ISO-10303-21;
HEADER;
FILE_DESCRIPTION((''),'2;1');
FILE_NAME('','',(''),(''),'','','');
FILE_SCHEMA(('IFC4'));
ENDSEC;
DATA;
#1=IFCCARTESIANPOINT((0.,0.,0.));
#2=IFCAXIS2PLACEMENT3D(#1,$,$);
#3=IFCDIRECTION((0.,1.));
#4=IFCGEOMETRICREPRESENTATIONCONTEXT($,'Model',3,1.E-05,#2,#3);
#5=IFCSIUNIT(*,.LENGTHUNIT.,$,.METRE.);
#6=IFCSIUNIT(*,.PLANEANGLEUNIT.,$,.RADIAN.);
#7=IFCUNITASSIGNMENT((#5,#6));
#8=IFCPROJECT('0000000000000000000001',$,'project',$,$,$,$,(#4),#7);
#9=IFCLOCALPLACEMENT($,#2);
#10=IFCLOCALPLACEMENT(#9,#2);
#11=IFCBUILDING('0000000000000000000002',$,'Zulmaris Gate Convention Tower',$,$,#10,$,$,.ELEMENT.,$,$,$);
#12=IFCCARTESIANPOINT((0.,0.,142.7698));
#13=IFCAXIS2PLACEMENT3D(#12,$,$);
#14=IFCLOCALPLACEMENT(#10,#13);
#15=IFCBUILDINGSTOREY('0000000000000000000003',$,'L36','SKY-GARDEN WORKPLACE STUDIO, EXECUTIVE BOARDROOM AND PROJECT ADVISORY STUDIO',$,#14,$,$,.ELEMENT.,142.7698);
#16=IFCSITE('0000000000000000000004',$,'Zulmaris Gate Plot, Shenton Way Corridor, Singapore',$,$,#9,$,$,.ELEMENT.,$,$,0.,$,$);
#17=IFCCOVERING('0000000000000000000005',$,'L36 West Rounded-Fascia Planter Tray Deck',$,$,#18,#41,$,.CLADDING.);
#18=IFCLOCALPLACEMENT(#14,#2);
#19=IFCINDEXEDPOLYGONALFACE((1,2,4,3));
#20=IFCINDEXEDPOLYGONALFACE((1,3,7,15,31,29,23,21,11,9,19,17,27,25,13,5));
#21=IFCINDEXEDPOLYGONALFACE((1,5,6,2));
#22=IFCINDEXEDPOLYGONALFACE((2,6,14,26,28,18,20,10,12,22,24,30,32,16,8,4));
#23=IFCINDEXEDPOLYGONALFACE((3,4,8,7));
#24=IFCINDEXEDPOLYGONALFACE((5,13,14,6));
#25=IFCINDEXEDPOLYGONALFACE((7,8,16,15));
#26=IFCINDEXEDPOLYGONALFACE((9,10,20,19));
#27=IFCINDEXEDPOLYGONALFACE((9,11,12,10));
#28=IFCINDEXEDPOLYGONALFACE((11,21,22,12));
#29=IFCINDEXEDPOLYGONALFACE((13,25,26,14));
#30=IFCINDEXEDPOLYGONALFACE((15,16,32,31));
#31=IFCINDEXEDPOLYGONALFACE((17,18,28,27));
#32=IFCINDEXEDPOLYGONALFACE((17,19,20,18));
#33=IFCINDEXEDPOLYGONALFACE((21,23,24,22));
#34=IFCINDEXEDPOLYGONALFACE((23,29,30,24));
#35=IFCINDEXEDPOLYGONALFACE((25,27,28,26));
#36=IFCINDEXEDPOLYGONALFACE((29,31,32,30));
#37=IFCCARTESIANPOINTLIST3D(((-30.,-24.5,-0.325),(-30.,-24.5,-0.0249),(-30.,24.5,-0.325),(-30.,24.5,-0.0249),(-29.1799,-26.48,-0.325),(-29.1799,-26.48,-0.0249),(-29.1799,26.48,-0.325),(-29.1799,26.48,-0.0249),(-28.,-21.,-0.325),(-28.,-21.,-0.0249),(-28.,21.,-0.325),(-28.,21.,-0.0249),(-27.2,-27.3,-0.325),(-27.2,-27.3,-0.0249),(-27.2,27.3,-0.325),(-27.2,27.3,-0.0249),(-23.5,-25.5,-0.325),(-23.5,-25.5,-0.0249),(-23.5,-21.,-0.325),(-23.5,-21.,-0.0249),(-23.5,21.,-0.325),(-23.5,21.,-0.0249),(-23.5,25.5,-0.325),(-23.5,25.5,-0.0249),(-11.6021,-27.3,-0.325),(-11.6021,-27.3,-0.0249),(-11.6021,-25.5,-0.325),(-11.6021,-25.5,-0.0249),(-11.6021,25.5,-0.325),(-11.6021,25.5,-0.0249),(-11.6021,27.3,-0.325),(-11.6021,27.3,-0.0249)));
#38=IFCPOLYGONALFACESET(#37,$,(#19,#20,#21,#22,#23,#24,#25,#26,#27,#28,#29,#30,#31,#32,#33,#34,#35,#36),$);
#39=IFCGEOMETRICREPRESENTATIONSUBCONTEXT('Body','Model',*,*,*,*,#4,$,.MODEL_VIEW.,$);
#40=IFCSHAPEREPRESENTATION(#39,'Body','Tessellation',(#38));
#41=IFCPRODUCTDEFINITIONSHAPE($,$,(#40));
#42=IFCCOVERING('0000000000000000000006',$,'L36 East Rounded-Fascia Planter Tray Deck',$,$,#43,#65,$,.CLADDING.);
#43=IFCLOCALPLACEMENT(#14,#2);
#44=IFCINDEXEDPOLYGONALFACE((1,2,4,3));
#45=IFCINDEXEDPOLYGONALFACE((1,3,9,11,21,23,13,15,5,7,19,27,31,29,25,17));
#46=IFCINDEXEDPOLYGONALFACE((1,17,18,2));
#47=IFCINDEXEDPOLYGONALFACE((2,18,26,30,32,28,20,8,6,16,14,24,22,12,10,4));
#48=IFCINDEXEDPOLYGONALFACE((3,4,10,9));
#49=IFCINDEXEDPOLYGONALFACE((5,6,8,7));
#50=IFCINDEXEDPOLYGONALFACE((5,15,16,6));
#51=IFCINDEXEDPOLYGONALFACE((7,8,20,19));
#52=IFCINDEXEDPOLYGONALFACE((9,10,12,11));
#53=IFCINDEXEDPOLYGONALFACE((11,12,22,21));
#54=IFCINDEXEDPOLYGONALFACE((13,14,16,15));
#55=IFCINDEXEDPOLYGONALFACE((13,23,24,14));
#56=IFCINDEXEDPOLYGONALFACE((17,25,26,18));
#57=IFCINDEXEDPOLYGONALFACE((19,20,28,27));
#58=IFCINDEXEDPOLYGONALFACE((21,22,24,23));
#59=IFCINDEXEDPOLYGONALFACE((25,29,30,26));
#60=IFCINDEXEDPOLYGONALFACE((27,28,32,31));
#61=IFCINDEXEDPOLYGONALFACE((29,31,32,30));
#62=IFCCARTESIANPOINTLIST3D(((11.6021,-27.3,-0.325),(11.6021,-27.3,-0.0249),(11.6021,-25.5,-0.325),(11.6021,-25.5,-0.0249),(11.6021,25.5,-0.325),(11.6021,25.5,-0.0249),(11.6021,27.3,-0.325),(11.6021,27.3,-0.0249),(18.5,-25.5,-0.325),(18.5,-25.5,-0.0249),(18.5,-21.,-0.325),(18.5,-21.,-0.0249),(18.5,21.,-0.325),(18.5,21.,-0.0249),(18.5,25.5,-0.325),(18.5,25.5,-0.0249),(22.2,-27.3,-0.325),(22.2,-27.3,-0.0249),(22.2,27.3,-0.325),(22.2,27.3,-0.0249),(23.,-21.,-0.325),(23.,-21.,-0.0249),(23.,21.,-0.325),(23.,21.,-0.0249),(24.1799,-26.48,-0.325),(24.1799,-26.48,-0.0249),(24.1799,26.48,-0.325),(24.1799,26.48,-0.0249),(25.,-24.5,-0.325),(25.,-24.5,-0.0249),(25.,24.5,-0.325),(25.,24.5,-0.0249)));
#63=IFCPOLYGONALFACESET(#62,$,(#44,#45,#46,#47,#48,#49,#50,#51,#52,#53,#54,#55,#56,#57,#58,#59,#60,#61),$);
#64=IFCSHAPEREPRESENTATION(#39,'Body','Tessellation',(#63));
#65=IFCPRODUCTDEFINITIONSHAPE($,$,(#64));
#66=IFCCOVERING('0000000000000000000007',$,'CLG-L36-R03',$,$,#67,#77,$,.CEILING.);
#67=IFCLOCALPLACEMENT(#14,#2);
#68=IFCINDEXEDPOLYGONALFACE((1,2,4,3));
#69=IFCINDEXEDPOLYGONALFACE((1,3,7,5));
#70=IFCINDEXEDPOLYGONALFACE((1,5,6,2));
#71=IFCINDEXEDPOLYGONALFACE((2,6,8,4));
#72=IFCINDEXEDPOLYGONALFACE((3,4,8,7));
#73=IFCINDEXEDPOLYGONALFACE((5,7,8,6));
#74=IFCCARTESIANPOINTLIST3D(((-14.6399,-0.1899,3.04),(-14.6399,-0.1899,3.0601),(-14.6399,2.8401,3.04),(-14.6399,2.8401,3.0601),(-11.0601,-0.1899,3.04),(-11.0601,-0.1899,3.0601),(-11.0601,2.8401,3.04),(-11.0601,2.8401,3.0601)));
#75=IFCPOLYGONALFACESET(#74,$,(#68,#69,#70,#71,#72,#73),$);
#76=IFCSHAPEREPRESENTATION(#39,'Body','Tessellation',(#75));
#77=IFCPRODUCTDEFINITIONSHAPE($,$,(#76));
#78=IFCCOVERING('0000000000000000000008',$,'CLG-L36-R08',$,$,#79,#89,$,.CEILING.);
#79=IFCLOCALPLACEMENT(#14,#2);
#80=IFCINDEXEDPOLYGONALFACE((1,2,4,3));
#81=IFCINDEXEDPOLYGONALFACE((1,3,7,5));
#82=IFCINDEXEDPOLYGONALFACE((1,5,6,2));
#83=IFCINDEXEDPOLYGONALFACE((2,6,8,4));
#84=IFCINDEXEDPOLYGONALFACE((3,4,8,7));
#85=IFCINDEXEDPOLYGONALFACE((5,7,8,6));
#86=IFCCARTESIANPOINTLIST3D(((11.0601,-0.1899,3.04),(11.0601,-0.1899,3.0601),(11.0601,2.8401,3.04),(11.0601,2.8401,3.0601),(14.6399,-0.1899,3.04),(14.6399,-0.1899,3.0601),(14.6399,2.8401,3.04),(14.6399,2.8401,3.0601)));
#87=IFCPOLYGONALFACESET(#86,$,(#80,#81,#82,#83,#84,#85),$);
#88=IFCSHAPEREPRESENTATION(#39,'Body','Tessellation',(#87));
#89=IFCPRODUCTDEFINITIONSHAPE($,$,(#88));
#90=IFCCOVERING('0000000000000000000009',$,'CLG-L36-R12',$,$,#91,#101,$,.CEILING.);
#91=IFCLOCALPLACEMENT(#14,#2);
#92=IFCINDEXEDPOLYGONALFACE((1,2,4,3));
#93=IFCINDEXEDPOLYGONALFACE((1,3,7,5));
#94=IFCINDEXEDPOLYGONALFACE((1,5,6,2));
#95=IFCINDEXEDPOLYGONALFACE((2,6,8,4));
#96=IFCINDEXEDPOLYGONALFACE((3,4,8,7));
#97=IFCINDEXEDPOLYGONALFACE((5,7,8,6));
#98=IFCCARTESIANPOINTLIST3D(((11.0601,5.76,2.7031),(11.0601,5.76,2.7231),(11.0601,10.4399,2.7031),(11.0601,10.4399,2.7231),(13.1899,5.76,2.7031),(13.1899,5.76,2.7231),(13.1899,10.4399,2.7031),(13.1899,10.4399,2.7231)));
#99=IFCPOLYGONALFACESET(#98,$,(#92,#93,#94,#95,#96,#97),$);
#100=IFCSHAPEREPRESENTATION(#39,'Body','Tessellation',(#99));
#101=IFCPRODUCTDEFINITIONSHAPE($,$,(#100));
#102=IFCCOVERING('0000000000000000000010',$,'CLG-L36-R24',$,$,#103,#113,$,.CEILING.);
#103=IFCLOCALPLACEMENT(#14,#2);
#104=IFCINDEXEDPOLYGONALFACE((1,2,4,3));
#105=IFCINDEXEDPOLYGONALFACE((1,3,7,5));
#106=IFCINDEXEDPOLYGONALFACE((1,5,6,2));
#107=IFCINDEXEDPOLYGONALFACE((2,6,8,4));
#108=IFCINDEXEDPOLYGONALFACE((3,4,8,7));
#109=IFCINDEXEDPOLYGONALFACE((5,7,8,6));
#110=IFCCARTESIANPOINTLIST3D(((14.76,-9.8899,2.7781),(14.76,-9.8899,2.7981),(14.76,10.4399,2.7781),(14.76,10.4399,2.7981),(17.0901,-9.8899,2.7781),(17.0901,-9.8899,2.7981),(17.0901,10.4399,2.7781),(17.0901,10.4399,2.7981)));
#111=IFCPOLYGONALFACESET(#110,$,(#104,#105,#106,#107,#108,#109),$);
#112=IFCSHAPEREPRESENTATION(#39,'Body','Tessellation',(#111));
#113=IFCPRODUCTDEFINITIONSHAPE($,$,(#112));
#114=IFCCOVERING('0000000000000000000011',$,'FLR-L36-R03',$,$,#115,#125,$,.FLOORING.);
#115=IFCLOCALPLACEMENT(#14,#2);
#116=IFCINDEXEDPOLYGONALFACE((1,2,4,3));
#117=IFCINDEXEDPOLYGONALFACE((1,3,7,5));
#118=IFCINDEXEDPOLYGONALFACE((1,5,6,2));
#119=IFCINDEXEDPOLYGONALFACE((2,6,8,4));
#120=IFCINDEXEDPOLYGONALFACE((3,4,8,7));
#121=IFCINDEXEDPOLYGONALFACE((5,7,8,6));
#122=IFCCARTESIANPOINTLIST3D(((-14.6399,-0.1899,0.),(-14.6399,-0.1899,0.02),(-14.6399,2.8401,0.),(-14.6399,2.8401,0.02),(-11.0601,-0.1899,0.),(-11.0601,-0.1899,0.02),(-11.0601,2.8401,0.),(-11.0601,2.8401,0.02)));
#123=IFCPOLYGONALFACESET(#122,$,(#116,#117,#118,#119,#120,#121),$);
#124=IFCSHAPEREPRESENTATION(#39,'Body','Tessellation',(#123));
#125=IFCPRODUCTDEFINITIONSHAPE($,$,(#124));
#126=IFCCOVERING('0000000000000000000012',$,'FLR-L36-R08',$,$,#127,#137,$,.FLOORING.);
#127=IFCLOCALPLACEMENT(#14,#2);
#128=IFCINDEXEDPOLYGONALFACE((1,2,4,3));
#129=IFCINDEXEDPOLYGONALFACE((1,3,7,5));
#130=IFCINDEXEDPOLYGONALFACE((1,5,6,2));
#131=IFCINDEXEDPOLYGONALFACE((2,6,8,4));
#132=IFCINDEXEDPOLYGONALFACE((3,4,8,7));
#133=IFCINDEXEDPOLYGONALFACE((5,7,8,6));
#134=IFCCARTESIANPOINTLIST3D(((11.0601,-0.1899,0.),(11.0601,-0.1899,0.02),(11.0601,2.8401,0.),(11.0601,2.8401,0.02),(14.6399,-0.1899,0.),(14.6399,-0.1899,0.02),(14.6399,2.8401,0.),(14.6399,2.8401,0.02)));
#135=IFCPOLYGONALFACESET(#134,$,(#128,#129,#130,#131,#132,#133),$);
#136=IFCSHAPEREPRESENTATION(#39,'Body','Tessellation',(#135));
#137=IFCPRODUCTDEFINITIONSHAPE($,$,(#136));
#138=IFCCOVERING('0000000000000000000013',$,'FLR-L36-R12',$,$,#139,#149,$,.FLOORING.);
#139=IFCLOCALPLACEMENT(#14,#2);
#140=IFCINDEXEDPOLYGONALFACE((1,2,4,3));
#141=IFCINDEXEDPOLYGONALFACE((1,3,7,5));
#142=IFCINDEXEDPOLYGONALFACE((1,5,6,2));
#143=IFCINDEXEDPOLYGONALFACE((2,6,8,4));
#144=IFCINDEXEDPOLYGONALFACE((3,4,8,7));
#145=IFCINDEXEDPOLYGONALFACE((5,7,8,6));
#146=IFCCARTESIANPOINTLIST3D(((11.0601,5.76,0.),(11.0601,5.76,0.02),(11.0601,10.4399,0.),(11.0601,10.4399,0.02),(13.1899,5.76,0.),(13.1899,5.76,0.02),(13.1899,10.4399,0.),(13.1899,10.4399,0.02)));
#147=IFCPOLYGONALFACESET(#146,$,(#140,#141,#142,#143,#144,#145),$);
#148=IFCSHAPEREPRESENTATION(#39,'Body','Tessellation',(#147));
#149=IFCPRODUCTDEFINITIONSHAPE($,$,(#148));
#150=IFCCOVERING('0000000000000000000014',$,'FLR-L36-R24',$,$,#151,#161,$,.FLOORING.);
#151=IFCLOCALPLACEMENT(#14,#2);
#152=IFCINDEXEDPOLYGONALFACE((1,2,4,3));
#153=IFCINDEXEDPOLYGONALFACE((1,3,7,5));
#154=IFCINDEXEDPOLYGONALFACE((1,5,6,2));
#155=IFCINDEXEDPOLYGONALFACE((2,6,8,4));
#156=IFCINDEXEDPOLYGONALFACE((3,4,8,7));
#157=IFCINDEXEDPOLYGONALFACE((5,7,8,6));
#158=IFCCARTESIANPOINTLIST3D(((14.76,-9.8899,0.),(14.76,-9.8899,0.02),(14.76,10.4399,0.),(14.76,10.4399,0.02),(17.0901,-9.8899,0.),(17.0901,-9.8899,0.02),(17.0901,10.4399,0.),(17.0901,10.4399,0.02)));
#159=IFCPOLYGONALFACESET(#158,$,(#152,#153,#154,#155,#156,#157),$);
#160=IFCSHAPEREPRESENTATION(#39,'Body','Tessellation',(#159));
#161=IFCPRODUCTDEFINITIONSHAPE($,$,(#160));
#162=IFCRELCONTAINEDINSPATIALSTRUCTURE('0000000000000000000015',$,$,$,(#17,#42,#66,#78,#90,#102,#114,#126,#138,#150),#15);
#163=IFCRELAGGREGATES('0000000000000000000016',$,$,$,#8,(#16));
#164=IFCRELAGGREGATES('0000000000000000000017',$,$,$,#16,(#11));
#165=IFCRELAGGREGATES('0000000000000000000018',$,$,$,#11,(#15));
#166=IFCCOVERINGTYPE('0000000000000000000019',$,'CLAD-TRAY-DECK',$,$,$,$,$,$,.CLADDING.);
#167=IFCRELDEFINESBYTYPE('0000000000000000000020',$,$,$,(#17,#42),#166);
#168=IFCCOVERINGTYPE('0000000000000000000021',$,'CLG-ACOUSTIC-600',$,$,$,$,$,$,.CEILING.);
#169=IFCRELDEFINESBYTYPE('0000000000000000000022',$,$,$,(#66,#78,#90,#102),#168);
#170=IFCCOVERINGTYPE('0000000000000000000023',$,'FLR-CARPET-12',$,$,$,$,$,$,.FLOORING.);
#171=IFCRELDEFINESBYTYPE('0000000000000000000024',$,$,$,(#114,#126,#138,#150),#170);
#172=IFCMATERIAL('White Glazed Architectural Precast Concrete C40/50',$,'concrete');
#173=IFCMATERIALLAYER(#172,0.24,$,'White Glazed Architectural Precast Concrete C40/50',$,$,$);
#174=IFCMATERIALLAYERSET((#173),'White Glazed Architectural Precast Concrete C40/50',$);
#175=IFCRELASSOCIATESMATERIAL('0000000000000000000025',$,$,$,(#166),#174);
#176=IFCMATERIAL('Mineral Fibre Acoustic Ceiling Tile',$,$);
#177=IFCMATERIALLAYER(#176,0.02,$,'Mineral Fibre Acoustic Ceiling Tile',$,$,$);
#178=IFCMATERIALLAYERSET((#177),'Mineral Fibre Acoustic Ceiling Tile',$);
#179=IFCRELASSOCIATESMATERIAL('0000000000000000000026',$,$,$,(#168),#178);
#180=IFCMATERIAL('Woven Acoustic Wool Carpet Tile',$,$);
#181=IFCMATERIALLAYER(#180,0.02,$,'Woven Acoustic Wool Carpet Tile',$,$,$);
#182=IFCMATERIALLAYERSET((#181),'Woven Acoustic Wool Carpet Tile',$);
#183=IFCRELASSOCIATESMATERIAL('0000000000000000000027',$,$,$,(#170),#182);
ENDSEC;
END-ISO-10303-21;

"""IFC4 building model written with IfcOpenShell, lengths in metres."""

from ifc_helpers import new_model, si_unit, direction, frame, origin, place, context, subcontext, project, spatial, polyline, outline, extrude, material, layer, layer_set, type_object, element, save


model = new_model("IFC4")

# Units and contexts
model_context = context("Model", 3, precision=1e-05, world=origin(), true_north=direction((0.0, 1.0)))
body_context = subcontext(model_context, "Body", "Model", "MODEL_VIEW")
ifc_project = project(units=[si_unit("LENGTHUNIT", "METRE"), si_unit("PLANEANGLEUNIT", "RADIAN")], contexts=[model_context])

# Site, building, storey
site_placement = place(None, origin())
site = spatial("IfcSite", under=ifc_project, at=site_placement, Name="Zulmaris Gate Plot, Shenton Way Corridor, Singapore", CompositionType="ELEMENT", RefElevation=0.0)
building_placement = place(site_placement, origin())
building = spatial("IfcBuilding", under=site, at=building_placement, Name="Zulmaris Gate Convention Tower", CompositionType="ELEMENT")
storey_placement = place(building_placement, frame((0.0, 0.0, 142.7698)))
storey = spatial("IfcBuildingStorey", under=building, at=storey_placement, Name="L36", Description="SKY-GARDEN WORKPLACE STUDIO, EXECUTIVE BOARDROOM AND PROJECT ADVISORY STUDIO", CompositionType="ELEMENT", Elevation=142.7698)

# Coverings
ifc_material_1 = material(Name="White Glazed Architectural Precast Concrete C40/50", Category="concrete")
ifc_layer_1 = layer(ifc_material_1, 0.24, Name="White Glazed Architectural Precast Concrete C40/50")
ifc_layer_set_1 = layer_set([ifc_layer_1], Name="White Glazed Architectural Precast Concrete C40/50")
covering_type_1 = type_object("IfcCoveringType", Name="CLAD-TRAY-DECK", PredefinedType="CLADDING", material=ifc_layer_set_1)
covering_1_placement = place(storey_placement, frame((0.0, 0.0, -0.325)))
element("IfcCovering", 1, at=covering_1_placement, inside=storey, type_object=covering_type_1, Name="L36 West Rounded-Fascia Planter Tray Deck", PredefinedType="CLADDING", context=body_context, shape_type="SweptSolid", body=[
    extrude(outline(polyline([(-30.0, 24.5), (-29.1799, 26.48), (-27.2, 27.3), (-11.6021, 27.3), (-11.6021, 25.5), (-23.5, 25.5), (-23.5, 21.0), (-28.0, 21.0), (-28.0, -21.0), (-23.5, -21.0), (-23.5, -25.5), (-11.6021, -25.5), (-11.6021, -27.3), (-27.2, -27.3), (-29.1799, -26.48), (-30.0, -24.5), (-30.0, 24.5)])), origin(), (0.0, 0.0, 1.0), 0.3),
])
covering_2_placement = place(storey_placement, frame((0.0, 0.0, -0.325)))
element("IfcCovering", 2, at=covering_2_placement, inside=storey, type_object=covering_type_1, Name="L36 East Rounded-Fascia Planter Tray Deck", PredefinedType="CLADDING", context=body_context, shape_type="SweptSolid", body=[
    extrude(outline(polyline([(22.2, 27.3), (24.1799, 26.48), (25.0, 24.5), (25.0, -24.5), (24.1799, -26.48), (22.2, -27.3), (11.6021, -27.3), (11.6021, -25.5), (18.5, -25.5), (18.5, -21.0), (23.0, -21.0), (23.0, 21.0), (18.5, 21.0), (18.5, 25.5), (11.6021, 25.5), (11.6021, 27.3), (22.2, 27.3)])), origin(), (0.0, 0.0, 1.0), 0.3),
])
ifc_material_2 = material(Name="Mineral Fibre Acoustic Ceiling Tile")
ifc_layer_2 = layer(ifc_material_2, 0.02, Name="Mineral Fibre Acoustic Ceiling Tile")
ifc_layer_set_2 = layer_set([ifc_layer_2], Name="Mineral Fibre Acoustic Ceiling Tile")
covering_type_2 = type_object("IfcCoveringType", Name="CLG-ACOUSTIC-600", PredefinedType="CEILING", material=ifc_layer_set_2)
covering_3_placement = place(storey_placement, frame((0.0, 0.0, 3.04)))
element("IfcCovering", 3, at=covering_3_placement, inside=storey, type_object=covering_type_2, Name="CLG-L36-R03", PredefinedType="CEILING", context=body_context, shape_type="SweptSolid", body=[
    extrude(outline(polyline([(-14.6399, -0.1899), (-11.0601, -0.1899), (-11.0601, 2.8401), (-14.6399, 2.8401), (-14.6399, -0.1899)])), origin(), (0.0, 0.0, 1.0), 0.02),
])
covering_4_placement = place(storey_placement, frame((0.0, 0.0, 3.04)))
element("IfcCovering", 4, at=covering_4_placement, inside=storey, type_object=covering_type_2, Name="CLG-L36-R08", PredefinedType="CEILING", context=body_context, shape_type="SweptSolid", body=[
    extrude(outline(polyline([(11.0601, -0.1899), (14.6399, -0.1899), (14.6399, 2.8401), (11.0601, 2.8401), (11.0601, -0.1899)])), origin(), (0.0, 0.0, 1.0), 0.02),
])
covering_5_placement = place(storey_placement, frame((0.0, 0.0, 2.7031)))
element("IfcCovering", 5, at=covering_5_placement, inside=storey, type_object=covering_type_2, Name="CLG-L36-R12", PredefinedType="CEILING", context=body_context, shape_type="SweptSolid", body=[
    extrude(outline(polyline([(11.0601, 5.76), (13.1899, 5.76), (13.1899, 10.4399), (11.0601, 10.4399), (11.0601, 5.76)])), origin(), (0.0, 0.0, 1.0), 0.02),
])
covering_6_placement = place(storey_placement, frame((0.0, 0.0, 2.7781)))
element("IfcCovering", 6, at=covering_6_placement, inside=storey, type_object=covering_type_2, Name="CLG-L36-R24", PredefinedType="CEILING", context=body_context, shape_type="SweptSolid", body=[
    extrude(outline(polyline([(14.76, -9.8899), (17.0901, -9.8899), (17.0901, 10.4399), (14.76, 10.4399), (14.76, -9.8899)])), origin(), (0.0, 0.0, 1.0), 0.02),
])
ifc_material_3 = material(Name="Woven Acoustic Wool Carpet Tile")
ifc_layer_3 = layer(ifc_material_3, 0.02, Name="Woven Acoustic Wool Carpet Tile")
ifc_layer_set_3 = layer_set([ifc_layer_3], Name="Woven Acoustic Wool Carpet Tile")
covering_type_3 = type_object("IfcCoveringType", Name="FLR-CARPET-12", PredefinedType="FLOORING", material=ifc_layer_set_3)
covering_7_placement = place(storey_placement, origin())
element("IfcCovering", 7, at=covering_7_placement, inside=storey, type_object=covering_type_3, Name="FLR-L36-R03", PredefinedType="FLOORING", context=body_context, shape_type="SweptSolid", body=[
    extrude(outline(polyline([(-14.6399, -0.1899), (-11.0601, -0.1899), (-11.0601, 2.8401), (-14.6399, 2.8401), (-14.6399, -0.1899)])), origin(), (0.0, 0.0, 1.0), 0.02),
])
covering_8_placement = place(storey_placement, origin())
element("IfcCovering", 8, at=covering_8_placement, inside=storey, type_object=covering_type_3, Name="FLR-L36-R08", PredefinedType="FLOORING", context=body_context, shape_type="SweptSolid", body=[
    extrude(outline(polyline([(11.0601, -0.1899), (14.6399, -0.1899), (14.6399, 2.8401), (11.0601, 2.8401), (11.0601, -0.1899)])), origin(), (0.0, 0.0, 1.0), 0.02),
])
covering_9_placement = place(storey_placement, origin())
element("IfcCovering", 9, at=covering_9_placement, inside=storey, type_object=covering_type_3, Name="FLR-L36-R12", PredefinedType="FLOORING", context=body_context, shape_type="SweptSolid", body=[
    extrude(outline(polyline([(11.0601, 5.76), (13.1899, 5.76), (13.1899, 10.4399), (11.0601, 10.4399), (11.0601, 5.76)])), origin(), (0.0, 0.0, 1.0), 0.02),
])
covering_10_placement = place(storey_placement, origin())
element("IfcCovering", 10, at=covering_10_placement, inside=storey, type_object=covering_type_3, Name="FLR-L36-R24", PredefinedType="FLOORING", context=body_context, shape_type="SweptSolid", body=[
    extrude(outline(polyline([(14.76, -9.8899), (17.0901, -9.8899), (17.0901, 10.4399), (14.76, 10.4399), (14.76, -9.8899)])), origin(), (0.0, 0.0, 1.0), 0.02),
])

save(model, "model.ifc")
